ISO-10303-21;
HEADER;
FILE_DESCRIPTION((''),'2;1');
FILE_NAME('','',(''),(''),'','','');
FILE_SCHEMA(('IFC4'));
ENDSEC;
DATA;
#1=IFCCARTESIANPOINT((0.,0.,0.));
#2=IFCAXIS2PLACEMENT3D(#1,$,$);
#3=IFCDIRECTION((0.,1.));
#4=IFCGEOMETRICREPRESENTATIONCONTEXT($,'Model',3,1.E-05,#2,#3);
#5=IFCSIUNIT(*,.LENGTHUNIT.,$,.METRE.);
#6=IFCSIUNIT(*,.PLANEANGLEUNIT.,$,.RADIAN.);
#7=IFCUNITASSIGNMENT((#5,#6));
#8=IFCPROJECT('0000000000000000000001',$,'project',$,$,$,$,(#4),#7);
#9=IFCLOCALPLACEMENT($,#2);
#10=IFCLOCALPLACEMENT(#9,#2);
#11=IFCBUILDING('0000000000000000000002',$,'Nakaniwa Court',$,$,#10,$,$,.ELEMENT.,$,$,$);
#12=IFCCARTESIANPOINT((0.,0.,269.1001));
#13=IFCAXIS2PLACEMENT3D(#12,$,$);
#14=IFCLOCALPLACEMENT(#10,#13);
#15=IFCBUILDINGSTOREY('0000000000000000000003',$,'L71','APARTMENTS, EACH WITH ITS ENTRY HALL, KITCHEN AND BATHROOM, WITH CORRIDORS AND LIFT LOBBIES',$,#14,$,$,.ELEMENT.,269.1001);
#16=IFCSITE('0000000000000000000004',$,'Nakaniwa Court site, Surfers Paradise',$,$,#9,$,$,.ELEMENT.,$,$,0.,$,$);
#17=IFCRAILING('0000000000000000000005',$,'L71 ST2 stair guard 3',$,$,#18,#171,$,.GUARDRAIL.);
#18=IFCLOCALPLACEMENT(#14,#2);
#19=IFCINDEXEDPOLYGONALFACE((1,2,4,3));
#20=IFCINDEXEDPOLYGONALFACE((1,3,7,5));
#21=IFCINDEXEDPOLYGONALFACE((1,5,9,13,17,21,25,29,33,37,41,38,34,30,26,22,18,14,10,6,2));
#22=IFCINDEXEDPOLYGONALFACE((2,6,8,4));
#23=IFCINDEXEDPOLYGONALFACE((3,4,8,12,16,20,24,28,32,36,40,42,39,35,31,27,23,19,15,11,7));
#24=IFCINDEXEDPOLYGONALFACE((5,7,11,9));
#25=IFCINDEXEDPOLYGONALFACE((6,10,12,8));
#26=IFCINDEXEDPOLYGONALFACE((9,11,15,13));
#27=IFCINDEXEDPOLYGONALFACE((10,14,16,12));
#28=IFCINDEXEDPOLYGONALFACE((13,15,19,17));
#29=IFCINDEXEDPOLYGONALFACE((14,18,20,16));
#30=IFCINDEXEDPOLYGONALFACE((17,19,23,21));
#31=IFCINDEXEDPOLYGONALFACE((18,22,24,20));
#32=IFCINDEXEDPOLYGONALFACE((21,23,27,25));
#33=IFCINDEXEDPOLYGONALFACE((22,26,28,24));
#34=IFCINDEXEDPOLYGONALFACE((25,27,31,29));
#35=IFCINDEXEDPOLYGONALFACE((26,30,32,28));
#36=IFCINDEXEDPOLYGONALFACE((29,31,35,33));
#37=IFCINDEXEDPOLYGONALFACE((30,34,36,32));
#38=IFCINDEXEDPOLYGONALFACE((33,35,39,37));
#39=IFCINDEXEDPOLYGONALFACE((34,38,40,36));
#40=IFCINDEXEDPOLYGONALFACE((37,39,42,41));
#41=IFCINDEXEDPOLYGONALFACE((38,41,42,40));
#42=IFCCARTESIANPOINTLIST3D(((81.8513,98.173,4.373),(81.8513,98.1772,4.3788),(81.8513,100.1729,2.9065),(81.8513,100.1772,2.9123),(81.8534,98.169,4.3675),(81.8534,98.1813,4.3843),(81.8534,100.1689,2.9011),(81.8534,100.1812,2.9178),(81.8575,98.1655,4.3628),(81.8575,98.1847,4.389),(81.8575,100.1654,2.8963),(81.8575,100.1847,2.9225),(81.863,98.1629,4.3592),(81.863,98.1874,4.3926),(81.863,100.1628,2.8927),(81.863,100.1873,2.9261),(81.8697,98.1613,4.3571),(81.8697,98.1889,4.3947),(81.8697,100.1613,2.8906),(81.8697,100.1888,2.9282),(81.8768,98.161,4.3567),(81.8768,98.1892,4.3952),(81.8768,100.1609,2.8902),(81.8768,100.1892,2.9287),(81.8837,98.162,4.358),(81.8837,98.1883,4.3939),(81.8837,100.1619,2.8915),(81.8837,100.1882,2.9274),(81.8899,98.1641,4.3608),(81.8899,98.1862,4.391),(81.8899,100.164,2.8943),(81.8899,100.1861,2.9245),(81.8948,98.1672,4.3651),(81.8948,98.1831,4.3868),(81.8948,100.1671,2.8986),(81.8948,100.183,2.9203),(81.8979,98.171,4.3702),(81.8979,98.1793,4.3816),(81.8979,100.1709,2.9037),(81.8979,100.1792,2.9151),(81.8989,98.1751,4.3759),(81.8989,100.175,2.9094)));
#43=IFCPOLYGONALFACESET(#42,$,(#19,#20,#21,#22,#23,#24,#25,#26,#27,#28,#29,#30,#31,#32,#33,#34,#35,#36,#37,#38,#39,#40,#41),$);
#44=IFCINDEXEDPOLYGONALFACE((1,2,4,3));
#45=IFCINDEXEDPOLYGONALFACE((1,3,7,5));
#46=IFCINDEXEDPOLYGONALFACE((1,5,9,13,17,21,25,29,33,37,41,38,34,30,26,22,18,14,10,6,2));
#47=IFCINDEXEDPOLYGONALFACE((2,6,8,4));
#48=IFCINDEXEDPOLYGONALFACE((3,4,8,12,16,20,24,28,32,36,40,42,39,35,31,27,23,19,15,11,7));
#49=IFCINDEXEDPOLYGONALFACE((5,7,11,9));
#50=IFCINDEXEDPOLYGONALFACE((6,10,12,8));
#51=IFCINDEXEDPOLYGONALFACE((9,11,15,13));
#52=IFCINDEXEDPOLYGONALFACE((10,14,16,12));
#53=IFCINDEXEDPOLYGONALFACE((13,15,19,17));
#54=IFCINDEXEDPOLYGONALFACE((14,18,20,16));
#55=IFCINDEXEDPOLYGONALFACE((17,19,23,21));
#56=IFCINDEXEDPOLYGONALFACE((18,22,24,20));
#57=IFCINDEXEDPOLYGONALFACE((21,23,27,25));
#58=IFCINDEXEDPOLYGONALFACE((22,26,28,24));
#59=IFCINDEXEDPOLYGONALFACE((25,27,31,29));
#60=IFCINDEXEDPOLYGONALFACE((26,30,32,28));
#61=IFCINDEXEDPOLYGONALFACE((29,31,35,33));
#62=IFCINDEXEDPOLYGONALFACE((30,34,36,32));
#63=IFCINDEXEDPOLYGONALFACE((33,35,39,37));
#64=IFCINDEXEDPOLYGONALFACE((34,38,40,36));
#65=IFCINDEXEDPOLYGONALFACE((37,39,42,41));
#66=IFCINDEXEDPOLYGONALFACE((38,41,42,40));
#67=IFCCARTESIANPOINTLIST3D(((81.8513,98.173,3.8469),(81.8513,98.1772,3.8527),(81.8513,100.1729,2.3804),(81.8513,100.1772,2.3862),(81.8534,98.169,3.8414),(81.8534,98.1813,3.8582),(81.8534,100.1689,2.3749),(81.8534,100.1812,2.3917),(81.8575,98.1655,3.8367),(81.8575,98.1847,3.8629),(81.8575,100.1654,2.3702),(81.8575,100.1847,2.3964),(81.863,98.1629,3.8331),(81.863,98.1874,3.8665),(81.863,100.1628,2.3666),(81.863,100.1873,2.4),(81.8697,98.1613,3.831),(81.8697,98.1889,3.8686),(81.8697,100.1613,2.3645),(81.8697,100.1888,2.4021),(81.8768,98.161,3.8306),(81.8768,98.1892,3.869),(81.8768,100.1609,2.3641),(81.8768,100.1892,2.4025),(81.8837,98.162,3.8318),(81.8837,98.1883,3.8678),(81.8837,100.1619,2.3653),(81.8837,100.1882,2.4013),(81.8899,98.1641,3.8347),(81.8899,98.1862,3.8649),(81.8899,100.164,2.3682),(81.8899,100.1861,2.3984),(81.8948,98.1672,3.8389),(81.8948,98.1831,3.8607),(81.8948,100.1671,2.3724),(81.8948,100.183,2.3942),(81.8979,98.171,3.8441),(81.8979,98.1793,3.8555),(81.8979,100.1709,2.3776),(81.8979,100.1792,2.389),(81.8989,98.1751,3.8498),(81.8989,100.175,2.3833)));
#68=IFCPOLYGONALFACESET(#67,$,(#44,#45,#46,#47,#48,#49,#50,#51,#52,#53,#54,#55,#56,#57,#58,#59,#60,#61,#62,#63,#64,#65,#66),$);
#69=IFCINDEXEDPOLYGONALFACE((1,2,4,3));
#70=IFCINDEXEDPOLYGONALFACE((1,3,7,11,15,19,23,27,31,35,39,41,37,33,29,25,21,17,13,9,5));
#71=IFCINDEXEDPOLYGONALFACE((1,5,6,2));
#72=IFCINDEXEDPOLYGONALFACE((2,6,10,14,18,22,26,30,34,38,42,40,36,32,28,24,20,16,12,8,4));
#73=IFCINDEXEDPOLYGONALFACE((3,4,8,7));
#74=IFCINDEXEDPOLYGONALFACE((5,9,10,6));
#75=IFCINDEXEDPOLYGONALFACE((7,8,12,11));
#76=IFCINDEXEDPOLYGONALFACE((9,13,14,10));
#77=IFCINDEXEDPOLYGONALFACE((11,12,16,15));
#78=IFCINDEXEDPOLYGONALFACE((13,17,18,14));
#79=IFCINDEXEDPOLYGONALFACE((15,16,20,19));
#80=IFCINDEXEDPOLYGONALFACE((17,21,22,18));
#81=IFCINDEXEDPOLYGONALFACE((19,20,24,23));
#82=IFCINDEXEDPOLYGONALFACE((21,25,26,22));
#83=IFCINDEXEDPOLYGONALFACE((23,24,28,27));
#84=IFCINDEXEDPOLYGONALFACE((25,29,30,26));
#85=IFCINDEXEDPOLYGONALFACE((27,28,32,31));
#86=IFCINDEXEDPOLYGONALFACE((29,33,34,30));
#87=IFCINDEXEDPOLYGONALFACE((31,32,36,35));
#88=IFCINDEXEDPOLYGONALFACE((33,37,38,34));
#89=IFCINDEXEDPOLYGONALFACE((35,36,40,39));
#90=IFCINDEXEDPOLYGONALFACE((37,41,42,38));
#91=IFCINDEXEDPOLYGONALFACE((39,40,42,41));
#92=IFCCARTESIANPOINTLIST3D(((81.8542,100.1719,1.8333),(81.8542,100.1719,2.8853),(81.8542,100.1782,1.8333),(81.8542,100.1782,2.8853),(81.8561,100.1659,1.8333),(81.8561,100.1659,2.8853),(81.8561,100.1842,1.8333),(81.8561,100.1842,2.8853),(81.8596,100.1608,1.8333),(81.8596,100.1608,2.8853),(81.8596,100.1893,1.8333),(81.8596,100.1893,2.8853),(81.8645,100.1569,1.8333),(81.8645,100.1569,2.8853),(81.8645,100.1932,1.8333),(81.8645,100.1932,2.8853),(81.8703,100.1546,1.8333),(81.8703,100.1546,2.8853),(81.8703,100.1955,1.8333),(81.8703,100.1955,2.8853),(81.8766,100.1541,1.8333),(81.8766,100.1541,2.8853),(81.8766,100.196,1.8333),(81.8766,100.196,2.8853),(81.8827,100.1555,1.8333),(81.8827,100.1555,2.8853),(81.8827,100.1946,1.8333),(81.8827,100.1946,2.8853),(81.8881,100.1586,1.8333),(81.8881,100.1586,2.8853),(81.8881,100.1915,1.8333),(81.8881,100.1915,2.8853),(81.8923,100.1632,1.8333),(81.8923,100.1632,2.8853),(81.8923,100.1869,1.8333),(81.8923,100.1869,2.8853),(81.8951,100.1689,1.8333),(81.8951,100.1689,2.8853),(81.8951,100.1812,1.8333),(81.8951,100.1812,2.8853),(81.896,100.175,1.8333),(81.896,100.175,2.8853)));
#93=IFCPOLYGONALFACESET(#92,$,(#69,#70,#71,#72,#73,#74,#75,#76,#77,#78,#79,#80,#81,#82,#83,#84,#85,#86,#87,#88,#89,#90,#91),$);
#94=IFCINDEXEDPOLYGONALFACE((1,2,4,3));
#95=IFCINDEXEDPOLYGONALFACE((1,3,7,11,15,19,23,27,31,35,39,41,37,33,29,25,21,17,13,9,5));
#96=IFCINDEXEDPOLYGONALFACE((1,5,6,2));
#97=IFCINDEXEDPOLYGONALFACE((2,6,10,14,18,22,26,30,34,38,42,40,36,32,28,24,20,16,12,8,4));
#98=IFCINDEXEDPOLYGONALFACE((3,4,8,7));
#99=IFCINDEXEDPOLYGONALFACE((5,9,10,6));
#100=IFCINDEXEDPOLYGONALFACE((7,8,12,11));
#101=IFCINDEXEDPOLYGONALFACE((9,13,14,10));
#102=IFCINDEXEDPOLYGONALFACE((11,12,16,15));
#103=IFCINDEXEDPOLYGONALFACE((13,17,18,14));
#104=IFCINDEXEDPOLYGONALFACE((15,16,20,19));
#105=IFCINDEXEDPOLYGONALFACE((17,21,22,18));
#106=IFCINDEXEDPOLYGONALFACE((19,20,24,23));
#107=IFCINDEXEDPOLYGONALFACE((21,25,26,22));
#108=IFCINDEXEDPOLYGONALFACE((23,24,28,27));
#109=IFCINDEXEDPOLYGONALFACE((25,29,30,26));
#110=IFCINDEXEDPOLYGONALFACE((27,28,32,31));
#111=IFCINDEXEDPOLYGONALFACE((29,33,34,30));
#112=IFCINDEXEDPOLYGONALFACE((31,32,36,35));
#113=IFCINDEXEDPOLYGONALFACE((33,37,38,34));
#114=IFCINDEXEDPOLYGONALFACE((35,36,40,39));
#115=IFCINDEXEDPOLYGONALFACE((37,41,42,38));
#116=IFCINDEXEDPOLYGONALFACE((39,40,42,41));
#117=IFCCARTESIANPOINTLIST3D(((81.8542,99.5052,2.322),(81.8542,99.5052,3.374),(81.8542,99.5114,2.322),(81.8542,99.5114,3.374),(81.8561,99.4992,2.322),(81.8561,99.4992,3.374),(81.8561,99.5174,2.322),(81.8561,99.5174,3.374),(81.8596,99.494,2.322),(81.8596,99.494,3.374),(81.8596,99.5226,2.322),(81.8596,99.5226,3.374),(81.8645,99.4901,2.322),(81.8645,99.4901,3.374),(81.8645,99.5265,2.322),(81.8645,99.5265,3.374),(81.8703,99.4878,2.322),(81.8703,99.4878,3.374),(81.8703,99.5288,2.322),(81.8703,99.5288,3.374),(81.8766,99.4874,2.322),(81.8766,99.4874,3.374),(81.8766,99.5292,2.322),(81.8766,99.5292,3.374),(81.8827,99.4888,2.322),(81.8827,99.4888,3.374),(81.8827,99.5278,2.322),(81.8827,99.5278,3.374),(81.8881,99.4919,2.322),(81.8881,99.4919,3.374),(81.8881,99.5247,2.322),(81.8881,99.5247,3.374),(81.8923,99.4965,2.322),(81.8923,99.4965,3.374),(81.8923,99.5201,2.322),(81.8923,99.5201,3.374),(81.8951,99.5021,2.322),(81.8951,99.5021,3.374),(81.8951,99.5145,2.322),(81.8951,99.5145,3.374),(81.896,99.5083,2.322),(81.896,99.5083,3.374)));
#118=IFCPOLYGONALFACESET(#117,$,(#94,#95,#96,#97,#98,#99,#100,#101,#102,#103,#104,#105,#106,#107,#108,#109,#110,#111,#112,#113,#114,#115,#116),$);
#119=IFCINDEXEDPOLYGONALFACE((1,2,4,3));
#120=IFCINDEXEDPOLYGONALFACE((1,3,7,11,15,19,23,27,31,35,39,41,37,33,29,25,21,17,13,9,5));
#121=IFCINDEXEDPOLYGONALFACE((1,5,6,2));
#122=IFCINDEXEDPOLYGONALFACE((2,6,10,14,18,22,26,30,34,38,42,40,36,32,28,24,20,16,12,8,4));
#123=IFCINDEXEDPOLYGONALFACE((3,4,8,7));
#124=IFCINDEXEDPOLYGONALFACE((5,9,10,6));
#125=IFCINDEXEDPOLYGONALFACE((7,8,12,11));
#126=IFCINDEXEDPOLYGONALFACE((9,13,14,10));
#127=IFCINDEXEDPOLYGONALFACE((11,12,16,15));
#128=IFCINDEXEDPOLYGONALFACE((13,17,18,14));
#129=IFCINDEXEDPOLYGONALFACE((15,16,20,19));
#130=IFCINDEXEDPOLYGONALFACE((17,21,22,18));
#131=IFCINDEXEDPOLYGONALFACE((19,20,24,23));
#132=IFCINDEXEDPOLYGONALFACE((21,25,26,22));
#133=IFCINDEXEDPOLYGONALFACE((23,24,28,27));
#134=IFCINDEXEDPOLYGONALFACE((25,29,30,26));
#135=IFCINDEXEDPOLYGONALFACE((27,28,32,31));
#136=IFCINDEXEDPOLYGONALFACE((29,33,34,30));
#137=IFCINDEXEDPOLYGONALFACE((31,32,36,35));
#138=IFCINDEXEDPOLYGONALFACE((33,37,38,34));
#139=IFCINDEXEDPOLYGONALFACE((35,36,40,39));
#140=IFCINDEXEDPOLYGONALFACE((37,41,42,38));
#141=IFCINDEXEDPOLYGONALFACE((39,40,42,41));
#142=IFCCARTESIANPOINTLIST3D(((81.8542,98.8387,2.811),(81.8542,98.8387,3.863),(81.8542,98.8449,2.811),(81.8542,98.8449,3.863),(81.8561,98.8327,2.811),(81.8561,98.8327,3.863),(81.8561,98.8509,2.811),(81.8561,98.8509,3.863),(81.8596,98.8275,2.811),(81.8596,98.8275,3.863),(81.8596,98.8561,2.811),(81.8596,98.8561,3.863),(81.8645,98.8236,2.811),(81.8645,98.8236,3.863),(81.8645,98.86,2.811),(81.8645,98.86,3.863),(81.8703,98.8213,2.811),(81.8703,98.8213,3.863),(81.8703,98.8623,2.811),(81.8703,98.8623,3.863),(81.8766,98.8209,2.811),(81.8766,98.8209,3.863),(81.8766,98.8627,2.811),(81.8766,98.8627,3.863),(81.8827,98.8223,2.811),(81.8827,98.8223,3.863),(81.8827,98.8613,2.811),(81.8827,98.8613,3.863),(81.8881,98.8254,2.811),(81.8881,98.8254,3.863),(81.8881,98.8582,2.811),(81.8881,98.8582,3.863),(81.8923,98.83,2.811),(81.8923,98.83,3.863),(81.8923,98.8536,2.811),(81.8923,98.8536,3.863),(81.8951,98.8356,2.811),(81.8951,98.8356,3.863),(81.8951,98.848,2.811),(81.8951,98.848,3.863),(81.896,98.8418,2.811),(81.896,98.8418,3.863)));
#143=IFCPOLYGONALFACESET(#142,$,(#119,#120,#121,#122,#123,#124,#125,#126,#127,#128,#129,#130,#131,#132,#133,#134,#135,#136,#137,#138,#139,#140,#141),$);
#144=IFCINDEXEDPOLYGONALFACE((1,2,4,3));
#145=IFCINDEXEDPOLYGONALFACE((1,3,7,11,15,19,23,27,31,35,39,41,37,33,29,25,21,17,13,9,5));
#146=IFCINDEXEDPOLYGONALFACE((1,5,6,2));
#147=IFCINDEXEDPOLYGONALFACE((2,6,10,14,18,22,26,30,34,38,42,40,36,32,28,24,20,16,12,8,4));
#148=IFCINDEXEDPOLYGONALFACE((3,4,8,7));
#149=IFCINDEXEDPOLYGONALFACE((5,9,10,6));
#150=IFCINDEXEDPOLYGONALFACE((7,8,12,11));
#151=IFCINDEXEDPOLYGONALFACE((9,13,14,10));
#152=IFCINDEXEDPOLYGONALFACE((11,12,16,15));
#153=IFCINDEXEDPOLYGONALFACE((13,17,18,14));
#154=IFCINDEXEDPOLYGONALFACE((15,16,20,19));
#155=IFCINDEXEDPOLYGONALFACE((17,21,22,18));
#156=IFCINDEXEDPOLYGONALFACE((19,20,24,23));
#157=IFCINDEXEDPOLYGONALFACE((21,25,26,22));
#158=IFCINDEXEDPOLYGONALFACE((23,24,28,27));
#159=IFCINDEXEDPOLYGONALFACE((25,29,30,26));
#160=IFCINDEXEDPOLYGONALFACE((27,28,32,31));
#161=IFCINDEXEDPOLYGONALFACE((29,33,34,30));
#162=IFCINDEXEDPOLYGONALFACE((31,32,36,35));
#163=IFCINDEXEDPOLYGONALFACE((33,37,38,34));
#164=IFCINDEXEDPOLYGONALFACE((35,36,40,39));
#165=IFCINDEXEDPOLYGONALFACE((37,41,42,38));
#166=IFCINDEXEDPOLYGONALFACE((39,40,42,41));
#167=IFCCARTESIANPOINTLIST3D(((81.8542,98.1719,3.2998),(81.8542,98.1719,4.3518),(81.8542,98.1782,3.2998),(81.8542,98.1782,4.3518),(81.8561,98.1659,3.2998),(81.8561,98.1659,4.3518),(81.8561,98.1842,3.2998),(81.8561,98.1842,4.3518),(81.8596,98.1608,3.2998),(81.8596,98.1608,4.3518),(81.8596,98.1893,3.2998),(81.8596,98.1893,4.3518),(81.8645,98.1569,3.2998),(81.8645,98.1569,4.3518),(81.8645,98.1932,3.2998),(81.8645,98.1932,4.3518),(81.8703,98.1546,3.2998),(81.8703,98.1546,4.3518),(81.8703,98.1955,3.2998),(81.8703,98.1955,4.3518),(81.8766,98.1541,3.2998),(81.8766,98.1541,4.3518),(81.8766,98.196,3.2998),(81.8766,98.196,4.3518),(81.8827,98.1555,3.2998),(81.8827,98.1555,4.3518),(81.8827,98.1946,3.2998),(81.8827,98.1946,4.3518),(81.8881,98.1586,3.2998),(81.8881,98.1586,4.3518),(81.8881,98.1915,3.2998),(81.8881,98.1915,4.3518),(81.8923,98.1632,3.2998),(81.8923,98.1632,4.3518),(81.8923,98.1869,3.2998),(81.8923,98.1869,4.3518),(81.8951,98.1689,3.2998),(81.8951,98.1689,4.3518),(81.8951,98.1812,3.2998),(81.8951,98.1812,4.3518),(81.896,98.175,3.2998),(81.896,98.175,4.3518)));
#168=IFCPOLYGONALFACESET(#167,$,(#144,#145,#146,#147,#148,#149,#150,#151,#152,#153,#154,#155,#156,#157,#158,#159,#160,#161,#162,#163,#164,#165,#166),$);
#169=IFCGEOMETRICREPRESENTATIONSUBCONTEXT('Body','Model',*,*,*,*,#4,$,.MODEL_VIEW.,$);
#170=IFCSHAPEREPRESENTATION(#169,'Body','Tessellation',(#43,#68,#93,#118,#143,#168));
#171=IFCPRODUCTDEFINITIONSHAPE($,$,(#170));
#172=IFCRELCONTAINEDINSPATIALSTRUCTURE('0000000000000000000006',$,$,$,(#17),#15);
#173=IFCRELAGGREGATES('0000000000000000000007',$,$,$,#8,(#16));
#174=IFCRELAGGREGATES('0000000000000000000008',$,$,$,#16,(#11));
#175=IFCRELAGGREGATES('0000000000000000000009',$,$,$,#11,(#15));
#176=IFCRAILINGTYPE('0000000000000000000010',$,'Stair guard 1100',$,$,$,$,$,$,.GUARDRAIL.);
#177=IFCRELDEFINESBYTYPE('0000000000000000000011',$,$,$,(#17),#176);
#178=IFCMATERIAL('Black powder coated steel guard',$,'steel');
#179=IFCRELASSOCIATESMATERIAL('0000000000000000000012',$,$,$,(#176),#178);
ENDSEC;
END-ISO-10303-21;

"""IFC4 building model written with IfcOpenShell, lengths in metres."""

from ifc_helpers import new_model, si_unit, direction, frame, origin, origin_2d, place, context, subcontext, project, spatial, circle, extrude, material, type_object, element, save


model = new_model("IFC4")

# Units and contexts
model_context = context("Model", 3, precision=1e-05, world=origin(), true_north=direction((0.0, 1.0)))
body_context = subcontext(model_context, "Body", "Model", "MODEL_VIEW")
ifc_project = project(units=[si_unit("LENGTHUNIT", "METRE"), si_unit("PLANEANGLEUNIT", "RADIAN")], contexts=[model_context])

# Site, building, storey
site_placement = place(None, origin())
site = spatial("IfcSite", under=ifc_project, at=site_placement, Name="Nakaniwa Court site, Surfers Paradise", CompositionType="ELEMENT", RefElevation=0.0)
building_placement = place(site_placement, origin())
building = spatial("IfcBuilding", under=site, at=building_placement, Name="Nakaniwa Court", CompositionType="ELEMENT")
storey_placement = place(building_placement, frame((0.0, 0.0, 269.1001)))
storey = spatial("IfcBuildingStorey", under=building, at=storey_placement, Name="L71", Description="APARTMENTS, EACH WITH ITS ENTRY HALL, KITCHEN AND BATHROOM, WITH CORRIDORS AND LIFT LOBBIES", CompositionType="ELEMENT", Elevation=269.1001)

# Railing
ifc_material_1 = material(Name="Black powder coated steel guard", Category="steel")
railing_type_1 = type_object("IfcRailingType", Name="Stair guard 1100", PredefinedType="GUARDRAIL", material=ifc_material_1)
railing_1_placement = place(storey_placement, frame((81.875, 100.175, 1.8333)))
element("IfcRailing", 1, at=railing_1_placement, inside=storey, type_object=railing_type_1, Name="L71 ST2 stair guard 3", PredefinedType="GUARDRAIL", context=body_context, shape_type="SweptSolid", body=[
    extrude(circle(Radius=0.0239, at=origin_2d()), frame((0.0, 0.0, 1.0762), z_axis=(0.0, -0.806427, 0.591334), x_axis=(1.0, 0.0, 0.0)), (0.0, 0.0, 1.0), 2.48),
    extrude(circle(Radius=0.0239, at=origin_2d()), frame((0.0, 0.0, 0.55), z_axis=(0.0, -0.806427, 0.591334), x_axis=(1.0, 0.0, 0.0)), (0.0, 0.0, 1.0), 2.48),
    extrude(circle(Radius=0.021, at=origin_2d()), origin(), (0.0, 0.0, 1.0), 1.052),
    extrude(circle(Radius=0.021, at=origin_2d()), frame((0.0, -0.6667, 0.4888)), (0.0, 0.0, 1.0), 1.052),
    extrude(circle(Radius=0.021, at=origin_2d()), frame((0.0, -1.3333, 0.9778)), (0.0, 0.0, 1.0), 1.052),
    extrude(circle(Radius=0.021, at=origin_2d()), frame((0.0, -2.0, 1.4666)), (0.0, 0.0, 1.0), 1.052),
])

save(model, "model.ifc")
